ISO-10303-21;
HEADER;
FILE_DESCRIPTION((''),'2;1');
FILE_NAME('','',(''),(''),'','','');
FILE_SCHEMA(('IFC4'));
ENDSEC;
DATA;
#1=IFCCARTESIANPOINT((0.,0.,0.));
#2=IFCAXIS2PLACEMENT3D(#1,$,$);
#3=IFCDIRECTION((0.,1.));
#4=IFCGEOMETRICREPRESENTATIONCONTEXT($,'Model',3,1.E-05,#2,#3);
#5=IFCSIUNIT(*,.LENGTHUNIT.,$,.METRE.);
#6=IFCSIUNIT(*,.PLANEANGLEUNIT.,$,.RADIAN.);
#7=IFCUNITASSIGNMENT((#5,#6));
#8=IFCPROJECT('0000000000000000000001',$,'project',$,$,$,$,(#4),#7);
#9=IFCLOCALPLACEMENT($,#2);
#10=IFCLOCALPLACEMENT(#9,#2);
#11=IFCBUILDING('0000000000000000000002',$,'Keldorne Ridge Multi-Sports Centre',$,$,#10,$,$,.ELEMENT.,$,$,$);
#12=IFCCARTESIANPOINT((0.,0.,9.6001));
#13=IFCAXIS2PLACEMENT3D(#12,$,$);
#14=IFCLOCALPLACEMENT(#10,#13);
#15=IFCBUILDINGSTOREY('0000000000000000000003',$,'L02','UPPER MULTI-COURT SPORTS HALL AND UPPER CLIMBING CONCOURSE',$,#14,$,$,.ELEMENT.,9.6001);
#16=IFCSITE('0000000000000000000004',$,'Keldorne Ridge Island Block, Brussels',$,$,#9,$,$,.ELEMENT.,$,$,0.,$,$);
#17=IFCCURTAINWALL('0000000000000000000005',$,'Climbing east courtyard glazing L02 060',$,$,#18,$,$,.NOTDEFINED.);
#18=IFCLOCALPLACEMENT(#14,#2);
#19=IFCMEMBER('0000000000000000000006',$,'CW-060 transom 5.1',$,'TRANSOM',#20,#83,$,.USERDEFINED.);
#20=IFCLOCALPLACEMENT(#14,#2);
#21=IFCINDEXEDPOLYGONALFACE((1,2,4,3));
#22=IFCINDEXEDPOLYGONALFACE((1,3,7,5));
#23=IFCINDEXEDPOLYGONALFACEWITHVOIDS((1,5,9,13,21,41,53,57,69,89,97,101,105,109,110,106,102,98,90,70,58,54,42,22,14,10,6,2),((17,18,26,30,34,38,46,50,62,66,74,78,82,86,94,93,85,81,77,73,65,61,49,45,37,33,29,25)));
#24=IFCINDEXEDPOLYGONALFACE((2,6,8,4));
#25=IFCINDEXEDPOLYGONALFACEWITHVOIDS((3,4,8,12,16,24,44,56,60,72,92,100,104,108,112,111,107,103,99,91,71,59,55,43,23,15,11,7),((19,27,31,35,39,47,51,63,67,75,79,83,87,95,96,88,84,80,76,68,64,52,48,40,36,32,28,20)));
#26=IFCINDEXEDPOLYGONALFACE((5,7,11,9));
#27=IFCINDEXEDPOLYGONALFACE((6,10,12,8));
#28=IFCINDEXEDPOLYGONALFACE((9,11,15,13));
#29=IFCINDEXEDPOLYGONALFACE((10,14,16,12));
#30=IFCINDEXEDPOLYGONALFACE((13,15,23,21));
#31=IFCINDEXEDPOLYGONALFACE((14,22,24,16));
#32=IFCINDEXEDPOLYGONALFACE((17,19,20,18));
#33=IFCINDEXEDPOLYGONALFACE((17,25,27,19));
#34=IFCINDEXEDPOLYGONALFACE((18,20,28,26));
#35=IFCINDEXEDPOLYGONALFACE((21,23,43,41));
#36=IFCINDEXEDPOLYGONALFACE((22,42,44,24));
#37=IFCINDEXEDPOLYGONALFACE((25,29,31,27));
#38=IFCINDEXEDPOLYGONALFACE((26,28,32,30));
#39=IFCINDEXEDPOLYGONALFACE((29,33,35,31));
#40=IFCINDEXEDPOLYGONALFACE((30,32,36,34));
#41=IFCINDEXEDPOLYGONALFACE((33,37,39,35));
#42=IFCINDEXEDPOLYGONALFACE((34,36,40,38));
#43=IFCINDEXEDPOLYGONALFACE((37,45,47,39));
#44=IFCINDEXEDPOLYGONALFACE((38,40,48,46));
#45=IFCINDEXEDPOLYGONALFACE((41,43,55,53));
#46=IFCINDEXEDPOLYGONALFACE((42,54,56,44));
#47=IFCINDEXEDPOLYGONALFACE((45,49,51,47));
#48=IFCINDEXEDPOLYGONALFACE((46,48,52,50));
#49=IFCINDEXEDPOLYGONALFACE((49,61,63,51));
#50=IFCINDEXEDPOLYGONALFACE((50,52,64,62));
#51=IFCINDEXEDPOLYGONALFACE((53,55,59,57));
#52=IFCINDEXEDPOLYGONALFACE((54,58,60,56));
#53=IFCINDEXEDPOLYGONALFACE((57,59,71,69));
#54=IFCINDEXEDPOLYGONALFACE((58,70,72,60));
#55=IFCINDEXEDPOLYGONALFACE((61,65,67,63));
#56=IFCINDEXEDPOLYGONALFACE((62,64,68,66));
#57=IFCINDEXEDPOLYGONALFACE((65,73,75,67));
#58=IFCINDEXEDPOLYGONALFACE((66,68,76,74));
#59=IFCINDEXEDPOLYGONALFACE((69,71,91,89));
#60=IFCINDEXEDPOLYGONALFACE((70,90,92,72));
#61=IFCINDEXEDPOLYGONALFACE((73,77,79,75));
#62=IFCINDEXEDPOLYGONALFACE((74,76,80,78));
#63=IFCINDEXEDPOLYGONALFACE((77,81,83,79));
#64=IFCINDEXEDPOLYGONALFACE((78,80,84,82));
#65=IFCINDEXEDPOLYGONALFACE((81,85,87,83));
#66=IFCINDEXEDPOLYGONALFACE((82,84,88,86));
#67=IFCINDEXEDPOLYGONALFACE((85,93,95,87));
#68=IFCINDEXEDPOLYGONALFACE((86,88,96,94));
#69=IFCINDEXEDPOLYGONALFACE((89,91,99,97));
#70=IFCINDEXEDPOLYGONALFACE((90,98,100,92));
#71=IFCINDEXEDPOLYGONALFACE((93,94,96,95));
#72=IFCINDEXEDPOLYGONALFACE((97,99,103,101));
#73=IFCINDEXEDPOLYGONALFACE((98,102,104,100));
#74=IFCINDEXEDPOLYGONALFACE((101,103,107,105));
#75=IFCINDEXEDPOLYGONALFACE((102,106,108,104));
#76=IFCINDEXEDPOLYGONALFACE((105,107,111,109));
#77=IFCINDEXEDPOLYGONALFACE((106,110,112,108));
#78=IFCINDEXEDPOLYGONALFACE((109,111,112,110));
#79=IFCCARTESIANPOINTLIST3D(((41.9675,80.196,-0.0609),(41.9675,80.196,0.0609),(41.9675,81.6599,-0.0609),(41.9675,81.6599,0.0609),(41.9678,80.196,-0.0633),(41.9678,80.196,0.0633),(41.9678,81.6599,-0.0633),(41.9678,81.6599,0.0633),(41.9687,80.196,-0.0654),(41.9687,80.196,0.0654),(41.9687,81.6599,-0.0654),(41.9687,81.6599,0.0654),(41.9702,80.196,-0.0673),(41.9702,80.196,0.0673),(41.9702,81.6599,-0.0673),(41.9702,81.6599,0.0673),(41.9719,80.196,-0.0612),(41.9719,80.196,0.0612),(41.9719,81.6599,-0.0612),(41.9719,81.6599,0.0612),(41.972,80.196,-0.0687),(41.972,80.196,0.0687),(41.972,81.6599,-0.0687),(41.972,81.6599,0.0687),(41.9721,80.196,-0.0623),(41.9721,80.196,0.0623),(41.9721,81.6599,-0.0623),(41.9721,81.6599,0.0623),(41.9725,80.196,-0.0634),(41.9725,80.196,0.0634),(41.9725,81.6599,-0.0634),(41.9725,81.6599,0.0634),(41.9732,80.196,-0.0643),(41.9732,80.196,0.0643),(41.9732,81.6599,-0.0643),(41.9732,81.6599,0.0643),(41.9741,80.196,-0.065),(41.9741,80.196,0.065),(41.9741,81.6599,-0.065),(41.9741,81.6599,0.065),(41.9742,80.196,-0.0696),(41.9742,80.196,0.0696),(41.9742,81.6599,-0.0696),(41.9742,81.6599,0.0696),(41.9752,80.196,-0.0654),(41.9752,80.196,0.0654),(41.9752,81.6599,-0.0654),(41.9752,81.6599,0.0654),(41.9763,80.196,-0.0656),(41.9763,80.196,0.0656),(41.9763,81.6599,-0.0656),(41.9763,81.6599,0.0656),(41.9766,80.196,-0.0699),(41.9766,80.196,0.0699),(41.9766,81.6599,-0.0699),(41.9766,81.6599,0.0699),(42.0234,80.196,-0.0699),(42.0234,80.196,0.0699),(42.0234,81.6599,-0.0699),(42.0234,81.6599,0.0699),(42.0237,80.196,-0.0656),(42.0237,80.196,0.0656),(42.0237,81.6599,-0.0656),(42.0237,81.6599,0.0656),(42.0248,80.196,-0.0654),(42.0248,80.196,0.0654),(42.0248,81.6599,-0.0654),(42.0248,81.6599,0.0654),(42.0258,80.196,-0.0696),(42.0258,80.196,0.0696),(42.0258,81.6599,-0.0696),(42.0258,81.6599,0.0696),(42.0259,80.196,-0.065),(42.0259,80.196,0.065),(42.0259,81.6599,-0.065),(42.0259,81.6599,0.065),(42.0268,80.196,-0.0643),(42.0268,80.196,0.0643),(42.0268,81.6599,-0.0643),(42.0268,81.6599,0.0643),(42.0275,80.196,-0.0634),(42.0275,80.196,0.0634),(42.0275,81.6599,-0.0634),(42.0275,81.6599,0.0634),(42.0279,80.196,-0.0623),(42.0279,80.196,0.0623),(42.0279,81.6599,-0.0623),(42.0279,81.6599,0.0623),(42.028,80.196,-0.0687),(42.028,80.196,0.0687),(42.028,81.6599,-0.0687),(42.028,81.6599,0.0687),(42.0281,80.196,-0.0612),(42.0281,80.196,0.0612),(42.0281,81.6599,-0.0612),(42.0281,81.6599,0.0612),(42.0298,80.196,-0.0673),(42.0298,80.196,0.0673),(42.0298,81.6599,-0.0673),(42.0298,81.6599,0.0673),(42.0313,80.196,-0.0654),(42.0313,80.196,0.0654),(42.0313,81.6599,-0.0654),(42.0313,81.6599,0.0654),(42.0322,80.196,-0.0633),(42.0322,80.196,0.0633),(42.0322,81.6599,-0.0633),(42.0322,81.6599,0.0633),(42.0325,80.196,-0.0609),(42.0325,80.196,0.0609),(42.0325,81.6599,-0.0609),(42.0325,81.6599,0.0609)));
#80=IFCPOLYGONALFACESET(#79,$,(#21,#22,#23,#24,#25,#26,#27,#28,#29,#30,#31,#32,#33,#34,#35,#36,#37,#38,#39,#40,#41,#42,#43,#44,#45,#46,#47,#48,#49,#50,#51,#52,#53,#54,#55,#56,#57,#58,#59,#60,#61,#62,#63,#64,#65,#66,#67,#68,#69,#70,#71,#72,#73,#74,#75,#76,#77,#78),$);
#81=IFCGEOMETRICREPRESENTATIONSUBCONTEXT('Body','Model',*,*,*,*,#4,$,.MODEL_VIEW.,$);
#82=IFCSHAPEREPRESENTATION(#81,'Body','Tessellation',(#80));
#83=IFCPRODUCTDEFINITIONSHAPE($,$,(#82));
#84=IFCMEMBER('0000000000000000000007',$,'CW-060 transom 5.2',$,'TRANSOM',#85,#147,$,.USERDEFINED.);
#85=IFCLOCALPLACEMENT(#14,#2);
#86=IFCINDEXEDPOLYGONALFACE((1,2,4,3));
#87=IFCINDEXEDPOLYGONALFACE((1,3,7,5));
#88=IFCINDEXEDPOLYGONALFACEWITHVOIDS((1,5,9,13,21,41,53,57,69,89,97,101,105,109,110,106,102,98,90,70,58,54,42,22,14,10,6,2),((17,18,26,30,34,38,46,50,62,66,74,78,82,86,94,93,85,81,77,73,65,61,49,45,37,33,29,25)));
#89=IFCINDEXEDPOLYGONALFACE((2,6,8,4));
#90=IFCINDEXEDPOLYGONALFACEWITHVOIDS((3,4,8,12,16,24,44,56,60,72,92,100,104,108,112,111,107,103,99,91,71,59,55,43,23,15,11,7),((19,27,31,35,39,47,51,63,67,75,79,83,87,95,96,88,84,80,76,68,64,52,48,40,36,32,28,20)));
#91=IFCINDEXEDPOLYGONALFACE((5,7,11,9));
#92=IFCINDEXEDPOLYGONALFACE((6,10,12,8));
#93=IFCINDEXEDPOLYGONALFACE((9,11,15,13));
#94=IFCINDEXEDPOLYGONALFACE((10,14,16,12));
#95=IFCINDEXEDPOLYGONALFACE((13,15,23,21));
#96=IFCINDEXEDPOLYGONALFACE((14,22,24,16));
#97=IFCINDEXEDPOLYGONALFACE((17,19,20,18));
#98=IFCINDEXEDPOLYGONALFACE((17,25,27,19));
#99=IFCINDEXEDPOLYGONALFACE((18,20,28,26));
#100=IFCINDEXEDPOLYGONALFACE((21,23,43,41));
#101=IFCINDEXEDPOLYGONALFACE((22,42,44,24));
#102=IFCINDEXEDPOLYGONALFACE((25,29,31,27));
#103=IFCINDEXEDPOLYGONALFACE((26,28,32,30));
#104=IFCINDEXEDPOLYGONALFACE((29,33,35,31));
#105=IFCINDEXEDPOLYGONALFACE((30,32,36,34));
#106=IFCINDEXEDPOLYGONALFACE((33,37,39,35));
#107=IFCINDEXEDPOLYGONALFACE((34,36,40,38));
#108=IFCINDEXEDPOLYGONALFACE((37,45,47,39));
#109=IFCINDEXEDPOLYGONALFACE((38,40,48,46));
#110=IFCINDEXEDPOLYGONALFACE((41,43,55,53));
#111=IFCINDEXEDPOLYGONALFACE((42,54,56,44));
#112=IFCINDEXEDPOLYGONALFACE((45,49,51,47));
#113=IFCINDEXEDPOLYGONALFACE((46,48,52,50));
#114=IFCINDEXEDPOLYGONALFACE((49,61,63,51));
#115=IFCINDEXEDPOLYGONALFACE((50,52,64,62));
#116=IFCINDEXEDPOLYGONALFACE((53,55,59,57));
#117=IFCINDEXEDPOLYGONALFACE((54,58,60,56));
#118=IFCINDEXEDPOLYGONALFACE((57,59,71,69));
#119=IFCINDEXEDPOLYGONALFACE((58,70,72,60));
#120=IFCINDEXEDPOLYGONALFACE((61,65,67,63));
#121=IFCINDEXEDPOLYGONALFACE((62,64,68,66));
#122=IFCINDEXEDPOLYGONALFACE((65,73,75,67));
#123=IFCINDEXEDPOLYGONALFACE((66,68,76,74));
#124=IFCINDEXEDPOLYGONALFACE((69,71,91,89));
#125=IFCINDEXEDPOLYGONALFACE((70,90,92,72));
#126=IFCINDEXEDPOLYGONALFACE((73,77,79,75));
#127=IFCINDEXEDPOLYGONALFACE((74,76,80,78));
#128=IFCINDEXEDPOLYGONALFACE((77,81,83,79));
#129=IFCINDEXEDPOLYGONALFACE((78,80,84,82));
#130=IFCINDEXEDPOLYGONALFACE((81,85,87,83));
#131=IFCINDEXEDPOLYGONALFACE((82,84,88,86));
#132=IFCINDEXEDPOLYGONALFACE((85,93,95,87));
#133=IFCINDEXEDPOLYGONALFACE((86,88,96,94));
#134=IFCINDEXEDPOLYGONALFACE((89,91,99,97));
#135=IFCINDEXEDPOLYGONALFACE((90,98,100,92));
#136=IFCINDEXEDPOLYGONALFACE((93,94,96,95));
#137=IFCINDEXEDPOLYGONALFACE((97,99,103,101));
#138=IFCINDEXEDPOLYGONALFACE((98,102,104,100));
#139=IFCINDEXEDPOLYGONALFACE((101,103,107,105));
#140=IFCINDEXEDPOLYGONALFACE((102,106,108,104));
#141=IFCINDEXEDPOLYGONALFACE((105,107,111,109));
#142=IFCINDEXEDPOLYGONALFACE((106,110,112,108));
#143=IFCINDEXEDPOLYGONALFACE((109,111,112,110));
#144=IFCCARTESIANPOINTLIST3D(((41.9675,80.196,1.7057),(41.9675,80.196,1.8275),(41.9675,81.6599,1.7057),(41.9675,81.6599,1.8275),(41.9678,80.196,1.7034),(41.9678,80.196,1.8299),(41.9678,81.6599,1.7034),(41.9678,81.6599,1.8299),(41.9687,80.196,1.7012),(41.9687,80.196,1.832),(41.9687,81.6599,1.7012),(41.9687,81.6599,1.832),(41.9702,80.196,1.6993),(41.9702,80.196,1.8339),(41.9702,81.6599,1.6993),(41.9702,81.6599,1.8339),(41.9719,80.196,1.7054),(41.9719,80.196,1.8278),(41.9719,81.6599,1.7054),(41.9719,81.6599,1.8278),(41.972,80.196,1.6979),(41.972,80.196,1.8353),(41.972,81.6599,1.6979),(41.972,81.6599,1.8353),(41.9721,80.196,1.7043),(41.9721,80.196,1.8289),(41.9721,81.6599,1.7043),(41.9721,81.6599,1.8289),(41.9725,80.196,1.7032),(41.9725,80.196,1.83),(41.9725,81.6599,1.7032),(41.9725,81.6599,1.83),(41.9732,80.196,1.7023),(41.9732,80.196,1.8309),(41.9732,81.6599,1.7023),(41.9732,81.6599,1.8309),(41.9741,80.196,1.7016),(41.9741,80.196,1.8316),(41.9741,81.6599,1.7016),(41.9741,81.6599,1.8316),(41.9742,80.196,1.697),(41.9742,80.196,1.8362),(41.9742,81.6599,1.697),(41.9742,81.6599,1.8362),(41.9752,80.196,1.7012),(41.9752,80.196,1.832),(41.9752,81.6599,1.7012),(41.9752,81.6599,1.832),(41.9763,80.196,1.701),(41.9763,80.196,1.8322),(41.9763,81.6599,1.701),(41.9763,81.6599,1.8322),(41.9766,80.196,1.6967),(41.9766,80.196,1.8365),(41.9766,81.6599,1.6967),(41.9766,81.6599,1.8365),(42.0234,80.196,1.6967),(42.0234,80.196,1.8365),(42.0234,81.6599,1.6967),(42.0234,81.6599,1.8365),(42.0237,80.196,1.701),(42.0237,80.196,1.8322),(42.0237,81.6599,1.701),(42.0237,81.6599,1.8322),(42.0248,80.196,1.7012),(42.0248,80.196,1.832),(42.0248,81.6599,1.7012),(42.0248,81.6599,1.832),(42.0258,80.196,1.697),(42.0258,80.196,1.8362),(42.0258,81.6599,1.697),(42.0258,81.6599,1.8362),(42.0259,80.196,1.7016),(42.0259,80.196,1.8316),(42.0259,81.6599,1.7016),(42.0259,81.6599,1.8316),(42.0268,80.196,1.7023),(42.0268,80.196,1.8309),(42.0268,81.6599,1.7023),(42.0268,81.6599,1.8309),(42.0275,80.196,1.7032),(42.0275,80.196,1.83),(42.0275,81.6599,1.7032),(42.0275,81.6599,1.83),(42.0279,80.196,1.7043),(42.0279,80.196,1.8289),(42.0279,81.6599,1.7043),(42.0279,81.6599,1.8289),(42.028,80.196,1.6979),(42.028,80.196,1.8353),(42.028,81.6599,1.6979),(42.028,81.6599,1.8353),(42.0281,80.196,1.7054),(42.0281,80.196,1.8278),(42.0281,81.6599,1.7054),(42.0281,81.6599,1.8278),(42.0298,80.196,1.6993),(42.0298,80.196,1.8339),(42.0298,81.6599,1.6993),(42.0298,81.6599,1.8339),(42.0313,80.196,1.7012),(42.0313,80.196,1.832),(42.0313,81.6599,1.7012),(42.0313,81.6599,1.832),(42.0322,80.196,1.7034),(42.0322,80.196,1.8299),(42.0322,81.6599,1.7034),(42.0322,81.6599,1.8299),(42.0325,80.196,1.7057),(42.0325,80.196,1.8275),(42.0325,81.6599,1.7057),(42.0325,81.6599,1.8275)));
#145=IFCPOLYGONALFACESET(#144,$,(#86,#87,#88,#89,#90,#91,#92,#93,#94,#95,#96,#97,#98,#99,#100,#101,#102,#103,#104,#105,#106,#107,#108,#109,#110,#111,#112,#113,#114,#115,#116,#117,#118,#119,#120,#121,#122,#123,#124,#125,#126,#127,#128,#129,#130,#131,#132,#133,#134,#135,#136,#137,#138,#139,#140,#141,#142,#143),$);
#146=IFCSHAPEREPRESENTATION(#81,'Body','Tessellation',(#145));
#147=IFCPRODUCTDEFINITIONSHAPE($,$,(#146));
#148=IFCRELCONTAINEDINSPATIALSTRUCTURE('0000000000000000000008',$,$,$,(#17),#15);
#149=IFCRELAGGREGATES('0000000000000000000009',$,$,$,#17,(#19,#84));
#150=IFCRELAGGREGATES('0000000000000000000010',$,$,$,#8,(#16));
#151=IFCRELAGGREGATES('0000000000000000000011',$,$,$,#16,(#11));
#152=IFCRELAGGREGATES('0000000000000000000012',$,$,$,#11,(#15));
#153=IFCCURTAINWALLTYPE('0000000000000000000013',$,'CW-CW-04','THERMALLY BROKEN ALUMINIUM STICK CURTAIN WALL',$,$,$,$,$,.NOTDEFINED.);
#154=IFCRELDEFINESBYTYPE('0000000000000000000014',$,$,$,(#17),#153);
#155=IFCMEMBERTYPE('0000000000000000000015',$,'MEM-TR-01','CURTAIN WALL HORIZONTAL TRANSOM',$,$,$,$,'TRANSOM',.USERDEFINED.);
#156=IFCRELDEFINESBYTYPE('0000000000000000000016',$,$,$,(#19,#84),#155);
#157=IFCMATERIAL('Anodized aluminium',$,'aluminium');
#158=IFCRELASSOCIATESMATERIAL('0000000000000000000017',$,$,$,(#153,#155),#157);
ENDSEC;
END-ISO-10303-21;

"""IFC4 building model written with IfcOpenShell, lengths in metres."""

from ifc_helpers import new_model, si_unit, direction, frame, origin, origin_2d, place, context, subcontext, project, spatial, hollow_rectangle, extrude, material, material_profile, profile_set, type_object, element, aggregate, save


model = new_model("IFC4")

# Units and contexts
model_context = context("Model", 3, precision=1e-05, world=origin(), true_north=direction((0.0, 1.0)))
body_context = subcontext(model_context, "Body", "Model", "MODEL_VIEW")
ifc_project = project(units=[si_unit("LENGTHUNIT", "METRE"), si_unit("PLANEANGLEUNIT", "RADIAN")], contexts=[model_context])

# Site, building, storey
site_placement = place(None, origin())
site = spatial("IfcSite", under=ifc_project, at=site_placement, Name="Keldorne Ridge Island Block, Brussels", CompositionType="ELEMENT", RefElevation=0.0)
building_placement = place(site_placement, origin())
building = spatial("IfcBuilding", under=site, at=building_placement, Name="Keldorne Ridge Multi-Sports Centre", CompositionType="ELEMENT")
storey_placement = place(building_placement, frame((0.0, 0.0, 9.6001)))
storey = spatial("IfcBuildingStorey", under=building, at=storey_placement, Name="L02", Description="UPPER MULTI-COURT SPORTS HALL AND UPPER CLIMBING CONCOURSE", CompositionType="ELEMENT", Elevation=9.6001)

# Curtain wall
ifc_material_1 = material(Name="Anodized aluminium", Category="aluminium")
curtain_wall_type = type_object("IfcCurtainWallType", Name="CW-CW-04", Description="THERMALLY BROKEN ALUMINIUM STICK CURTAIN WALL", PredefinedType="NOTDEFINED", material=ifc_material_1)
curtain_wall_placement = place(storey_placement, origin())
curtain_wall = element("IfcCurtainWall", 1, at=curtain_wall_placement, inside=storey, type_object=curtain_wall_type, Name="Climbing east courtyard glazing L02 060", PredefinedType="NOTDEFINED")

# Members
ifc_material_profile_1 = material_profile(ifc_material_1, hollow_rectangle(XDim=0.0649, YDim=0.1399, WallThickness=0.0044, InnerFilletRadius=0.0044, OuterFilletRadius=0.009, at=origin_2d()), Name="ALU TRANSOM 140x65x4.5")
ifc_profile_set_1 = profile_set([ifc_material_profile_1], Name="Anodized aluminium")
member_type_1 = type_object("IfcMemberType", Name="MEM-TR-01", Description="CURTAIN WALL HORIZONTAL TRANSOM", ElementType="TRANSOM", PredefinedType="USERDEFINED", material=ifc_profile_set_1)
member_1_placement = place(storey_placement, frame((42.0, 80.196, 0.0), z_axis=(0.0, 1.0, 0.0), x_axis=(-1.0, 0.0, 0.0)))
member_1 = element("IfcMember", 2, at=member_1_placement, type_object=member_type_1, Name="CW-060 transom 5.1", ObjectType="TRANSOM", PredefinedType="USERDEFINED", context=body_context, shape_type="SweptSolid", body=[
    extrude(hollow_rectangle(XDim=0.0649, YDim=0.1399, WallThickness=0.0044, InnerFilletRadius=0.0044, OuterFilletRadius=0.009, at=origin_2d()), origin(), (0.0, 0.0, 1.0), 1.4639),
])
member_2_placement = place(storey_placement, frame((42.0, 80.196, 1.7666), z_axis=(0.0, 1.0, 0.0), x_axis=(-1.0, 0.0, 0.0)))
member_2 = element("IfcMember", 3, at=member_2_placement, type_object=member_type_1, Name="CW-060 transom 5.2", ObjectType="TRANSOM", PredefinedType="USERDEFINED", context=body_context, shape_type="SweptSolid", body=[
    extrude(hollow_rectangle(XDim=0.0649, YDim=0.1399, WallThickness=0.0044, InnerFilletRadius=0.0044, OuterFilletRadius=0.009, at=origin_2d()), origin(), (0.0, 0.0, 1.0), 1.4639),
])

aggregate(curtain_wall, [member_1, member_2])

save(model, "model.ifc")
